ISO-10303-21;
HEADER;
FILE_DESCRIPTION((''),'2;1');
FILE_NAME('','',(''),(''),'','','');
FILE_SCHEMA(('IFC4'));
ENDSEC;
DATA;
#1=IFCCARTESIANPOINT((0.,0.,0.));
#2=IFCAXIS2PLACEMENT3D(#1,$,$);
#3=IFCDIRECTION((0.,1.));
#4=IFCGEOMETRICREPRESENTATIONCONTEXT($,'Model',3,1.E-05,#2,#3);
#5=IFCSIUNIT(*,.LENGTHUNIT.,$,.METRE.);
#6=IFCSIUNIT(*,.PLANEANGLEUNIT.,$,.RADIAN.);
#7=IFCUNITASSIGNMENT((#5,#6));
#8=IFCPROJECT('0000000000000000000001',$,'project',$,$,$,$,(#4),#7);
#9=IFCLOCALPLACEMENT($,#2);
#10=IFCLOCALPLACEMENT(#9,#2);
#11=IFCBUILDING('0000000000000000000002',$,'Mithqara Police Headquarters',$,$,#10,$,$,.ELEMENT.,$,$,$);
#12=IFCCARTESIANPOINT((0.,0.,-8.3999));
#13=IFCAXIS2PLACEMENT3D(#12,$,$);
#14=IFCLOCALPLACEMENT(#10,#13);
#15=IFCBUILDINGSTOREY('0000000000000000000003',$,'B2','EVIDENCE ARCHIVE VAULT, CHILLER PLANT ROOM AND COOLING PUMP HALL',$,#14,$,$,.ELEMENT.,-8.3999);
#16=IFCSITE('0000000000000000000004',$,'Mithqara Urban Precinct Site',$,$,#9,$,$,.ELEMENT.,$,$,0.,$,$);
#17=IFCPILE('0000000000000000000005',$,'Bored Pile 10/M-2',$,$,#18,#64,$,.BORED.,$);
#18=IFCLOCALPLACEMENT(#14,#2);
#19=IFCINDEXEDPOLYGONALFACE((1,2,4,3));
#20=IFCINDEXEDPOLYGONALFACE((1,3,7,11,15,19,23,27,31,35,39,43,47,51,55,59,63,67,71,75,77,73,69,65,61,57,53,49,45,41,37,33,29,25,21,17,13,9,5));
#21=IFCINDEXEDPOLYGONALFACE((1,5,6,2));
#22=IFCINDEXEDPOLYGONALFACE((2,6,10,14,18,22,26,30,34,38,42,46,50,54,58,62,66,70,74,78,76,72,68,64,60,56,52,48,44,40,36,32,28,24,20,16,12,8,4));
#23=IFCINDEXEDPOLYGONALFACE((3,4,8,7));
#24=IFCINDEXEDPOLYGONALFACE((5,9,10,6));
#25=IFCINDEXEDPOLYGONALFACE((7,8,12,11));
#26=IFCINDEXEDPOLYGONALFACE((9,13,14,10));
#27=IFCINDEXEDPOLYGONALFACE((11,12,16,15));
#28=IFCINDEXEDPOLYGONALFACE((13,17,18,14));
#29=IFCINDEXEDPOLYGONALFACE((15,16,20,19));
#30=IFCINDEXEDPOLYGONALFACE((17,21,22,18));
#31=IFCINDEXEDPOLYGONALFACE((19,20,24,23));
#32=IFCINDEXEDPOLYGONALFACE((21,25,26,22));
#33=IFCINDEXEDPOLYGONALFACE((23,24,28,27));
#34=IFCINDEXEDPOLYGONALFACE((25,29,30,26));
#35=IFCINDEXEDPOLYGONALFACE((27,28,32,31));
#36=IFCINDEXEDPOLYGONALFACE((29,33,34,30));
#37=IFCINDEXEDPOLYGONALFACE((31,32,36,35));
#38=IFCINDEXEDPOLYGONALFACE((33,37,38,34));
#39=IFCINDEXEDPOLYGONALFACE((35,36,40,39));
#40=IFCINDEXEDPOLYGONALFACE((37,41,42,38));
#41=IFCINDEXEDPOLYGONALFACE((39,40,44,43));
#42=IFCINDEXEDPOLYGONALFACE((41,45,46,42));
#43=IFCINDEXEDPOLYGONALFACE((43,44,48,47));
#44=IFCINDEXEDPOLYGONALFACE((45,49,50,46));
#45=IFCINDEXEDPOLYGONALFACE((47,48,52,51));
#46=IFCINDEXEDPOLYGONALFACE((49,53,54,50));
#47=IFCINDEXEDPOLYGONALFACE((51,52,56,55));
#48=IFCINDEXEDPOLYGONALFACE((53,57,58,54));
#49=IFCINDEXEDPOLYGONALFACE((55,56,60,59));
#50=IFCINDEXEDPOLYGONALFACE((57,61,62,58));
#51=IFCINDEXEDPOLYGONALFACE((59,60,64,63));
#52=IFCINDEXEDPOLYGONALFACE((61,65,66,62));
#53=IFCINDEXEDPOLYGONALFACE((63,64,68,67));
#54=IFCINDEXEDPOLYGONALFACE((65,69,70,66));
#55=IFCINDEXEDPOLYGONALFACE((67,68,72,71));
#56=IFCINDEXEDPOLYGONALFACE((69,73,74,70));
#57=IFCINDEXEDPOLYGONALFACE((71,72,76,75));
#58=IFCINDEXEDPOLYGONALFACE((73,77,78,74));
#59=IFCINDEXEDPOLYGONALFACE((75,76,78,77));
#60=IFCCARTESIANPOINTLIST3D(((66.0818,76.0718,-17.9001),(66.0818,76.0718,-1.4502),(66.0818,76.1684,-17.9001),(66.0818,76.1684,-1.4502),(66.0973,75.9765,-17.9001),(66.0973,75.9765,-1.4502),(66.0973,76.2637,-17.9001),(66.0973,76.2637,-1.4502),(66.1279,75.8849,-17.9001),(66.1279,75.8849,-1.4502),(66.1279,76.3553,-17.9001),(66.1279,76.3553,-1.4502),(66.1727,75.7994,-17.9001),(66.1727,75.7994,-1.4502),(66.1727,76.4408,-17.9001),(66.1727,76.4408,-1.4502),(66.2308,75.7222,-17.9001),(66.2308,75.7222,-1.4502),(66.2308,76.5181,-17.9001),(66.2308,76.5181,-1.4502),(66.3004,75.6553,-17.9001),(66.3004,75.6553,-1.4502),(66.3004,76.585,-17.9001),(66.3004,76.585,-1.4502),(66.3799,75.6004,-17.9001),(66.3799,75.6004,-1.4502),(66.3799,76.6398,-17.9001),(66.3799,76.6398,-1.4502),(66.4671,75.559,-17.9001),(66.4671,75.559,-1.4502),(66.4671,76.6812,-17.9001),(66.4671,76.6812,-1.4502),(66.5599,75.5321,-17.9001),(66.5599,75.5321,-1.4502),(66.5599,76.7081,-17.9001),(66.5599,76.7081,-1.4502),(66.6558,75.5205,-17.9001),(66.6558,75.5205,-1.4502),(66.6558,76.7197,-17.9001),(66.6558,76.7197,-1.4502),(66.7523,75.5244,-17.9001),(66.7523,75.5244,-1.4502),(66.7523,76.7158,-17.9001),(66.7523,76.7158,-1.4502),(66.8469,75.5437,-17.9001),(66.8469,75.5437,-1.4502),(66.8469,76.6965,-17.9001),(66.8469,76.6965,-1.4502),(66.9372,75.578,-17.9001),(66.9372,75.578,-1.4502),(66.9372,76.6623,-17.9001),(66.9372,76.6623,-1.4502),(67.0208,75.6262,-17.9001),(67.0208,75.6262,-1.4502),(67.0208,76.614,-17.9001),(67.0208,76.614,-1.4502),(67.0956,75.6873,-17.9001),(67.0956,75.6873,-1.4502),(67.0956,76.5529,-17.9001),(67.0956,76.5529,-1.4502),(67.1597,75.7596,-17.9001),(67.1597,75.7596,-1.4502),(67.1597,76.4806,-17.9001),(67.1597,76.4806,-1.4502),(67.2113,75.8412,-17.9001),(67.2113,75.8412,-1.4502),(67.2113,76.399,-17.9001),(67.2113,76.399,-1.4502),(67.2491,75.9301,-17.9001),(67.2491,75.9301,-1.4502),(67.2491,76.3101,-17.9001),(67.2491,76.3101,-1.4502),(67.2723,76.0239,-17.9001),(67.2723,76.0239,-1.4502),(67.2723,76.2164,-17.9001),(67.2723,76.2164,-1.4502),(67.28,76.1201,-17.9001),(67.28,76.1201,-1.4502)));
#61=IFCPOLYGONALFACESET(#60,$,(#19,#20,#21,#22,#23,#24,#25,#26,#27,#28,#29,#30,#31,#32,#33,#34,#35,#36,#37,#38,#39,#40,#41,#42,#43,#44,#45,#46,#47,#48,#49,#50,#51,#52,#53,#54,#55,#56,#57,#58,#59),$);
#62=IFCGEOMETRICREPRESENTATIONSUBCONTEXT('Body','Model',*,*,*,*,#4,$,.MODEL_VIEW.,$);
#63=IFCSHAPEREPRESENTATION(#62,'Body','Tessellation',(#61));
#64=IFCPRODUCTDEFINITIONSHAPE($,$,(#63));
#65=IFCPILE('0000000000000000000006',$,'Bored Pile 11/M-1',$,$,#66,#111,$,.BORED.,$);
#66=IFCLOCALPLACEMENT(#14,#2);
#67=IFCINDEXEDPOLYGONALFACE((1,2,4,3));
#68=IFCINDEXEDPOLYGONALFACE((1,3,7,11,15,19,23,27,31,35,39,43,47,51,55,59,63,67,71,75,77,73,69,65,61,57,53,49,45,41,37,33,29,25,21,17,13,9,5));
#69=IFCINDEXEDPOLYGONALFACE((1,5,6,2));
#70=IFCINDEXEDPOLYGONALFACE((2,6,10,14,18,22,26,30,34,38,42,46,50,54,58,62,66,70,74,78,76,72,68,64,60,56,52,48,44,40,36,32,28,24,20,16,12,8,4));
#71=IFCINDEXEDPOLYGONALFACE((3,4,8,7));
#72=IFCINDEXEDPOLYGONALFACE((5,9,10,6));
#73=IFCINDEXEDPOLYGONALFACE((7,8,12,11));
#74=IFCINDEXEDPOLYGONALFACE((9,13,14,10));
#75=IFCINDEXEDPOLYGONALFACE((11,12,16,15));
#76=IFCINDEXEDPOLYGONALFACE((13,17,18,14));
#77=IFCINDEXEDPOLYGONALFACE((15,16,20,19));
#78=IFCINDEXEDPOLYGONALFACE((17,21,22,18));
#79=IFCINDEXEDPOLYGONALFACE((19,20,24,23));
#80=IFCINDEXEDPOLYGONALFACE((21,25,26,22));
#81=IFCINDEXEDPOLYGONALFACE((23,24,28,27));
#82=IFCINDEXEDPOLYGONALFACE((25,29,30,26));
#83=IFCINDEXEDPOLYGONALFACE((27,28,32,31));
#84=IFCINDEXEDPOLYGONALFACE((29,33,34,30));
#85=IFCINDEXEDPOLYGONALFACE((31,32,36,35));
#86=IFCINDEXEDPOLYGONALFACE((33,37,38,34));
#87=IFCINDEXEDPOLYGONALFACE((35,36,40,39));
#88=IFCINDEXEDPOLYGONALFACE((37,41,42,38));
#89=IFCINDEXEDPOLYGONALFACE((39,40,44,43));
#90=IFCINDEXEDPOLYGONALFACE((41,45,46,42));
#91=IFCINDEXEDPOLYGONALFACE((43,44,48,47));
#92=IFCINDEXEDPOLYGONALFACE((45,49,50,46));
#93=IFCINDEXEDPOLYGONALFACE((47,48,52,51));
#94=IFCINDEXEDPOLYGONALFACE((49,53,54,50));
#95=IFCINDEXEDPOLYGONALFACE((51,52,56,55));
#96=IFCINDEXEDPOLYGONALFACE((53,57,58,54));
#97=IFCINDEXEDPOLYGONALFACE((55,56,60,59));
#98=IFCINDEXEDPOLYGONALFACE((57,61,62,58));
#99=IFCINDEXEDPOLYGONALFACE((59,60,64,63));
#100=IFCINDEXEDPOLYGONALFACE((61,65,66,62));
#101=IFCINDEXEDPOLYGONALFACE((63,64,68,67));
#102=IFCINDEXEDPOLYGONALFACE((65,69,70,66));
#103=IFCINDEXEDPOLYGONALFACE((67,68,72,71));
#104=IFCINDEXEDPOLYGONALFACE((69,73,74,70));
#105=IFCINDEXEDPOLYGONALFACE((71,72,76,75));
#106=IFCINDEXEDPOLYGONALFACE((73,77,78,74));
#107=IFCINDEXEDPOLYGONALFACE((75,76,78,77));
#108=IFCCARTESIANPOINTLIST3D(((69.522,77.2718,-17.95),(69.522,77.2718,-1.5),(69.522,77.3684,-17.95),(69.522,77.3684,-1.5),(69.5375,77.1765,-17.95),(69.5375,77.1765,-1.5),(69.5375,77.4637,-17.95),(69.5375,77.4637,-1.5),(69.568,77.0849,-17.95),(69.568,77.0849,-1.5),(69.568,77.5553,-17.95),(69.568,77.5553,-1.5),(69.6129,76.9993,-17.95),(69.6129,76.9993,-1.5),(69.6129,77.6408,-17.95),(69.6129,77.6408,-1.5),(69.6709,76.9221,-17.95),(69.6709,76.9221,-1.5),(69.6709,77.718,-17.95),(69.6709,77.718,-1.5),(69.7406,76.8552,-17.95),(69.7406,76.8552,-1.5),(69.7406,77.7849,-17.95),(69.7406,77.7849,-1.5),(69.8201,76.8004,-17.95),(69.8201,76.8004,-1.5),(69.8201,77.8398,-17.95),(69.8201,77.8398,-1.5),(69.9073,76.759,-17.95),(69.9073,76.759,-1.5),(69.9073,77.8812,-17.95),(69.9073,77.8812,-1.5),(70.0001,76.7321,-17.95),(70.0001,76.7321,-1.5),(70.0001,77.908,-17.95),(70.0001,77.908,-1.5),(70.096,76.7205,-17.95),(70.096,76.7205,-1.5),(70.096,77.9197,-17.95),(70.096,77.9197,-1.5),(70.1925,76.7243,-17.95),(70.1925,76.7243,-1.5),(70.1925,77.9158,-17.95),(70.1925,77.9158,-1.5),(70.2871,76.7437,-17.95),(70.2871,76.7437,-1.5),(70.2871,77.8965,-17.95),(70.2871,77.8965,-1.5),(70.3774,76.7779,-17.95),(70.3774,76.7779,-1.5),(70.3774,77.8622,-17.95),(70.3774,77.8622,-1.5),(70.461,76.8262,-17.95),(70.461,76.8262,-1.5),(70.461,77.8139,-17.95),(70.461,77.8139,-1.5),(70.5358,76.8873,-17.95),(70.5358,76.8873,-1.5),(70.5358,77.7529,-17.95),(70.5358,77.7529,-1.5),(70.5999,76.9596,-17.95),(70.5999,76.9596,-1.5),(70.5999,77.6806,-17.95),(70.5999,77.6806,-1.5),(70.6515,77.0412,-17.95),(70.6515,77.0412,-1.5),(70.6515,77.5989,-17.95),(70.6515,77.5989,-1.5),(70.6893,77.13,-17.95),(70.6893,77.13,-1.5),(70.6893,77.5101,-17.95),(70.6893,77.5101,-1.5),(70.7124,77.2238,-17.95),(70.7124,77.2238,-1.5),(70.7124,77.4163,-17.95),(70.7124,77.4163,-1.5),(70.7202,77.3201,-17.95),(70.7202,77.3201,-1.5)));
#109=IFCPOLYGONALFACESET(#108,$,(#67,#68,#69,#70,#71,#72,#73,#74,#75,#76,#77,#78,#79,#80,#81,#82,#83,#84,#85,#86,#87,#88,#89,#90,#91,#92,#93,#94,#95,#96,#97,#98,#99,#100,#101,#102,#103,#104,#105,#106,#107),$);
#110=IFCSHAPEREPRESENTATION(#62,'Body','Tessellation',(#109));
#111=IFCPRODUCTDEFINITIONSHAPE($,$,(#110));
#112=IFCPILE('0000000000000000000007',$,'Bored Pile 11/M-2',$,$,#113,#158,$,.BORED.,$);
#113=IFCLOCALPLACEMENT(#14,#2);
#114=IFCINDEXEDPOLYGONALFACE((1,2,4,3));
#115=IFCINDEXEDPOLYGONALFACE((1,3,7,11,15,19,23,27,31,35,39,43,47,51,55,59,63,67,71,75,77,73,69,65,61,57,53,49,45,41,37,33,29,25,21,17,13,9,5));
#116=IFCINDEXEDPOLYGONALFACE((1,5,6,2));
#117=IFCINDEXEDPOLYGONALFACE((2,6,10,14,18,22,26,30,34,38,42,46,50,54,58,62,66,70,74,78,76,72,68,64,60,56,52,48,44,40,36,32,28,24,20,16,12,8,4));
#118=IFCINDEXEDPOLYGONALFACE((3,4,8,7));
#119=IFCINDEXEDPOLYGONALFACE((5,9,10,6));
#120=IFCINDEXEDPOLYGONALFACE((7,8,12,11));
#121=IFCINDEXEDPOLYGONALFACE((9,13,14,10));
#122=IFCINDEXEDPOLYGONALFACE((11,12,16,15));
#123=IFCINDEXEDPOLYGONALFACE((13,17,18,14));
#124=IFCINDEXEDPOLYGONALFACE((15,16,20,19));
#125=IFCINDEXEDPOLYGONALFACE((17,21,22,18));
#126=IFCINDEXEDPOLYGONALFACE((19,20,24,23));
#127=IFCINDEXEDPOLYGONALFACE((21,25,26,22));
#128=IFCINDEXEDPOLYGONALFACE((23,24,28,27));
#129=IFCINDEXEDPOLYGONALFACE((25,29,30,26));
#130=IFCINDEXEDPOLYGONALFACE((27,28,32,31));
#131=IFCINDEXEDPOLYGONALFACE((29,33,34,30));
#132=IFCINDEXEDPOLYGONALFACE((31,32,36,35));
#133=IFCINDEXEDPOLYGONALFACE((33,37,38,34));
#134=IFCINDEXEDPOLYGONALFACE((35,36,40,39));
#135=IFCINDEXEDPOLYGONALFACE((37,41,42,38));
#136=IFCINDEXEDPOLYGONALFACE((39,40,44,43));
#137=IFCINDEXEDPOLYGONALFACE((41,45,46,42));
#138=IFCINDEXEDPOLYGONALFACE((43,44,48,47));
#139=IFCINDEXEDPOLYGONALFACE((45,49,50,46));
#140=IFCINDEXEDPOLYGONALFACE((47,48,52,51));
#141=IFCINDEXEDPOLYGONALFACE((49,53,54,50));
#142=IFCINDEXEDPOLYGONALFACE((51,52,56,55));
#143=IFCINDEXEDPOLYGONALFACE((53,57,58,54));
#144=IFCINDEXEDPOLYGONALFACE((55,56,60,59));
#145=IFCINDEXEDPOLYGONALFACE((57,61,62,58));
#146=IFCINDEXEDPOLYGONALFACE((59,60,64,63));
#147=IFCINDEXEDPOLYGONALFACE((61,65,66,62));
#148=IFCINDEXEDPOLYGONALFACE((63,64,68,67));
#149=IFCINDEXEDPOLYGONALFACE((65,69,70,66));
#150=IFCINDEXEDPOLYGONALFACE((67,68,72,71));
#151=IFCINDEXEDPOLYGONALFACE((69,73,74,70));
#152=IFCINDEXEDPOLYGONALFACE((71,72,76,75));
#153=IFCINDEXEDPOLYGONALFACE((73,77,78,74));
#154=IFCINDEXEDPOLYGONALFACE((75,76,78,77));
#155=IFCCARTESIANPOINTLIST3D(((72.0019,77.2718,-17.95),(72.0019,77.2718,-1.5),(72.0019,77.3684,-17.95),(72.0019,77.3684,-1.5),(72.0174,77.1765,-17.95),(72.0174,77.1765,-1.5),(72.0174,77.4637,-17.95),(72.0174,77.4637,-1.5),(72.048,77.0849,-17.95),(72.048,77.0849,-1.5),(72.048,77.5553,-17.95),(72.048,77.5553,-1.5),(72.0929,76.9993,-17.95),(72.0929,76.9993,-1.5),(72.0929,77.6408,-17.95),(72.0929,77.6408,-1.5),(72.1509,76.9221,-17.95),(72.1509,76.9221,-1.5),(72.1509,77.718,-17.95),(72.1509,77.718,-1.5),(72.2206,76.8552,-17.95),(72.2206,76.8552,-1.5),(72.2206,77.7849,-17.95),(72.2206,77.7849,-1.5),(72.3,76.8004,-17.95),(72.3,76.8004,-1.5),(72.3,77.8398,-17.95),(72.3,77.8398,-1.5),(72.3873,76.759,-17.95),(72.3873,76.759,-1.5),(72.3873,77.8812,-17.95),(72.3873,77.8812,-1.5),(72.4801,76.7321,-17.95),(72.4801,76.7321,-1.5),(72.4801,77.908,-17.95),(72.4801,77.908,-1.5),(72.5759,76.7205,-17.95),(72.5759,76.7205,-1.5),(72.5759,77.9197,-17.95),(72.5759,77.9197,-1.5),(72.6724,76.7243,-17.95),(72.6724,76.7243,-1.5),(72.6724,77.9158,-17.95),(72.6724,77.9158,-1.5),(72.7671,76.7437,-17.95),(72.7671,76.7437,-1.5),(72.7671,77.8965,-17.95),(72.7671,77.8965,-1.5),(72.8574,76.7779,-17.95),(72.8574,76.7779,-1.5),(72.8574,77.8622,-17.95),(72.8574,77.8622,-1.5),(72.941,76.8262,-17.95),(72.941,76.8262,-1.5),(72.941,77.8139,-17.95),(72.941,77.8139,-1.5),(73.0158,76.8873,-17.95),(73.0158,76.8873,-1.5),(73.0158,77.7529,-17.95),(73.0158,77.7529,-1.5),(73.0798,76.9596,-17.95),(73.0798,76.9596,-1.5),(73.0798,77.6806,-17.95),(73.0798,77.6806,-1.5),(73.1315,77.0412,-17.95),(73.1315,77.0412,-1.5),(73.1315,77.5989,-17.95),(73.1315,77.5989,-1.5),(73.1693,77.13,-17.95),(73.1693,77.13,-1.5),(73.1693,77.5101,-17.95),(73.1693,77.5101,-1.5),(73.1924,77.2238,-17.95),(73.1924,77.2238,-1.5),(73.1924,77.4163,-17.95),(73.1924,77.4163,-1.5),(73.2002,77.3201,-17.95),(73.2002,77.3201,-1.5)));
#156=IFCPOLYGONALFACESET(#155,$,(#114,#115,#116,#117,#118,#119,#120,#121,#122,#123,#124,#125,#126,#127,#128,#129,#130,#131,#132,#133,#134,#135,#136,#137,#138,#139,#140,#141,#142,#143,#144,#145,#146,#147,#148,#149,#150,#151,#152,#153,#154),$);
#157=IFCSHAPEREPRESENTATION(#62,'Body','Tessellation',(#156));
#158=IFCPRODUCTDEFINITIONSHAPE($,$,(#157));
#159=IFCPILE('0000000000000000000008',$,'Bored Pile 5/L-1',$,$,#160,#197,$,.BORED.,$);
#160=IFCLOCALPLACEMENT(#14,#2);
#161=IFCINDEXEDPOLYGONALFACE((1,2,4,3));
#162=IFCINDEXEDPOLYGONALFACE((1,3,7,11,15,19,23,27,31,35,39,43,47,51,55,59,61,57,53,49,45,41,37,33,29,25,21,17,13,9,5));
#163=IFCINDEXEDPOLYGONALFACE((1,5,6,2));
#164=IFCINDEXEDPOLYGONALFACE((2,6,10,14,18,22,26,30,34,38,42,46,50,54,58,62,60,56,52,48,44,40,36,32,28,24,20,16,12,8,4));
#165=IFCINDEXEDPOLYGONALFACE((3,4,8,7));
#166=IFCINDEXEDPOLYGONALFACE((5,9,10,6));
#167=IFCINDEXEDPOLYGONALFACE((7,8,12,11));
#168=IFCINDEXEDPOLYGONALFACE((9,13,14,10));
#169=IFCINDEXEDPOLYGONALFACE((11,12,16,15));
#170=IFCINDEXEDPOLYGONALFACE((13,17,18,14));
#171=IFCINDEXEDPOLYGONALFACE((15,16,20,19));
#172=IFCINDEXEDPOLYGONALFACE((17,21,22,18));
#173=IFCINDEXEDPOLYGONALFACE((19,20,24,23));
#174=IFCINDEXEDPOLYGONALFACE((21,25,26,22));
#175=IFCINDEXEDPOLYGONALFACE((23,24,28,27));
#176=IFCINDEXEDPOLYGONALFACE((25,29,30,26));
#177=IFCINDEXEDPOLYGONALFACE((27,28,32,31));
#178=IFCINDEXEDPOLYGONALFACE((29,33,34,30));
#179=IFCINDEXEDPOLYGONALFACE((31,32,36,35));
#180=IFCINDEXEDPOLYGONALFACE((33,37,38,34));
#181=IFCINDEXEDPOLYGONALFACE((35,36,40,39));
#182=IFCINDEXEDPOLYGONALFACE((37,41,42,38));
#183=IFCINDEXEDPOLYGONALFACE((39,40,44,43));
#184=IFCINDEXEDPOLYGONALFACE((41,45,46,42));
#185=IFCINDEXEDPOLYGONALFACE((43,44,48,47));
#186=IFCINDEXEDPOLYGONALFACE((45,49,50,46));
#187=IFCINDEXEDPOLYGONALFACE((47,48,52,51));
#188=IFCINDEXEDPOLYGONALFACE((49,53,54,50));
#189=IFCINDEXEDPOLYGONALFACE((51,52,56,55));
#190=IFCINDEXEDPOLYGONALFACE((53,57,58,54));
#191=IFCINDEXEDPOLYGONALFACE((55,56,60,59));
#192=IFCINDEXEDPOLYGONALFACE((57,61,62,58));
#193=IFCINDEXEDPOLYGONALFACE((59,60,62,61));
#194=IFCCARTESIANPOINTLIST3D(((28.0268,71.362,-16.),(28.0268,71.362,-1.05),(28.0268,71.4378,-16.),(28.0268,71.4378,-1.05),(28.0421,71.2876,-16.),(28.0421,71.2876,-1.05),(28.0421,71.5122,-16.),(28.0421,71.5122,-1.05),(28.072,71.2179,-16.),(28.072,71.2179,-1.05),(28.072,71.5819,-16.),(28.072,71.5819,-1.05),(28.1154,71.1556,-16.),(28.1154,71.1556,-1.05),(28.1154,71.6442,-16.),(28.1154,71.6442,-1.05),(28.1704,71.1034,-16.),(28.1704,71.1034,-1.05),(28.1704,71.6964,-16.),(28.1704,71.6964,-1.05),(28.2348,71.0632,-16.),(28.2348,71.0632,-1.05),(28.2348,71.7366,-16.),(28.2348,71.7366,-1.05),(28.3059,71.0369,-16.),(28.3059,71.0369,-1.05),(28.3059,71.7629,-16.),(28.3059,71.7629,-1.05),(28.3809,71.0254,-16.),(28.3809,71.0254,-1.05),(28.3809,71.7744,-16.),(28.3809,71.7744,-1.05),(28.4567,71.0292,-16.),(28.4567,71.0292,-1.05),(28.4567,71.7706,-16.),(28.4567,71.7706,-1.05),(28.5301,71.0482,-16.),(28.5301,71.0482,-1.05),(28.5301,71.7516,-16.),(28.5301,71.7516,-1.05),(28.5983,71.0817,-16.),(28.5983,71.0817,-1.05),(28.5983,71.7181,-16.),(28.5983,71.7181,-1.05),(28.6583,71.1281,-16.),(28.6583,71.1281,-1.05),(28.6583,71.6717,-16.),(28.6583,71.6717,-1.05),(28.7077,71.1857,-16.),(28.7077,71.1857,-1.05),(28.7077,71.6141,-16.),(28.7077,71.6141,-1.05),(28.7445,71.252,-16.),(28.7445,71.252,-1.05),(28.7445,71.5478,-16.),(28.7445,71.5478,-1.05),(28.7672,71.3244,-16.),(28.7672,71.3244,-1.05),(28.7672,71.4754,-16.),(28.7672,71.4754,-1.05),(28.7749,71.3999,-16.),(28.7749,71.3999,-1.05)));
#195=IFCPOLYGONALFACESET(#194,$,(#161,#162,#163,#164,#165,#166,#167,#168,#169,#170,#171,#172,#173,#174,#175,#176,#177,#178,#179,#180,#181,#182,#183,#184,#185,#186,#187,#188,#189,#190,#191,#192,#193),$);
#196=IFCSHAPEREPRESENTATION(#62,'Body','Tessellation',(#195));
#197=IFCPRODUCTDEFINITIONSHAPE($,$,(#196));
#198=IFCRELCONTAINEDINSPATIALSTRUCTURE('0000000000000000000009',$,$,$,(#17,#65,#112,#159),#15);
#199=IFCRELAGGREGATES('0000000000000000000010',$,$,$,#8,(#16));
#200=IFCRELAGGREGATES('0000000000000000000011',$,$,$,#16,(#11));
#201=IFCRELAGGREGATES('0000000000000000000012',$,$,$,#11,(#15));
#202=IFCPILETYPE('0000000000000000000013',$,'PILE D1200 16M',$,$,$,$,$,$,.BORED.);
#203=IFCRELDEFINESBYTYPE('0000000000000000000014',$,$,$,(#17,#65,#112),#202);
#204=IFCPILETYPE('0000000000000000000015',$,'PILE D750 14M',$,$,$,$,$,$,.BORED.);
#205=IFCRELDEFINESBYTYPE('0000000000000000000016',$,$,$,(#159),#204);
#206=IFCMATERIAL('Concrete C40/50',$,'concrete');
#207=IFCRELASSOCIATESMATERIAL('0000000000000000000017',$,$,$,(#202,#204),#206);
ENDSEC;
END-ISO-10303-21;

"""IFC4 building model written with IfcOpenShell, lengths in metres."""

from ifc_helpers import new_model, si_unit, direction, frame, origin, origin_2d, place, context, subcontext, project, spatial, circle, extrude, material, material_profile, profile_set, type_object, element, save


model = new_model("IFC4")

# Units and contexts
model_context = context("Model", 3, precision=1e-05, world=origin(), true_north=direction((0.0, 1.0)))
body_context = subcontext(model_context, "Body", "Model", "MODEL_VIEW")
ifc_project = project(units=[si_unit("LENGTHUNIT", "METRE"), si_unit("PLANEANGLEUNIT", "RADIAN")], contexts=[model_context])

# Site, building, storey
site_placement = place(None, origin())
site = spatial("IfcSite", under=ifc_project, at=site_placement, Name="Mithqara Urban Precinct Site", CompositionType="ELEMENT", RefElevation=0.0)
building_placement = place(site_placement, origin())
building = spatial("IfcBuilding", under=site, at=building_placement, Name="Mithqara Police Headquarters", CompositionType="ELEMENT")
storey_placement = place(building_placement, frame((0.0, 0.0, -8.3999)))
storey = spatial("IfcBuildingStorey", under=building, at=storey_placement, Name="B2", Description="EVIDENCE ARCHIVE VAULT, CHILLER PLANT ROOM AND COOLING PUMP HALL", CompositionType="ELEMENT", Elevation=-8.3999)

# Shared definitions
ifc_material_1 = material(Name="Concrete C40/50", Category="concrete")

# Piles
ifc_material_profile_1 = material_profile(ifc_material_1, circle(Radius=0.6001, at=origin_2d()), Name="PILE D1200")
ifc_profile_set_1 = profile_set([ifc_material_profile_1], Name="Concrete C40/50")
pile_type_1 = type_object("IfcPileType", Name="PILE D1200 16M", PredefinedType="BORED", material=ifc_profile_set_1)
for number, where, z_axis, x_axis, name in (
    (1, (66.6799, 76.1201, -1.4502), (0.0, 0.0, -1.0), (1.0, 0.0, 0.0), "Bored Pile 10/M-2"),
    (2, (70.1201, 77.3201, -1.5), (0.0, 0.0, -1.0), (1.0, 0.0, 0.0), "Bored Pile 11/M-1"),
    (3, (72.6001, 77.3201, -1.5), (0.0, 0.0, -1.0), (1.0, 0.0, 0.0), "Bored Pile 11/M-2"),
):
    element("IfcPile", number, at=place(storey_placement, frame(where, z_axis=z_axis, x_axis=x_axis)), inside=storey, type_object=pile_type_1, Name=name, PredefinedType="BORED", context=body_context, shape_type="SweptSolid", body=[
        extrude(circle(Radius=0.6001, at=origin_2d()), origin(), (0.0, 0.0, 1.0), 16.45),
    ])
ifc_material_profile_2 = material_profile(ifc_material_1, circle(Radius=0.375, at=origin_2d()), Name="PILE D750")
ifc_profile_set_2 = profile_set([ifc_material_profile_2], Name="Concrete C40/50")
pile_type_2 = type_object("IfcPileType", Name="PILE D750 14M", PredefinedType="BORED", material=ifc_profile_set_2)
for number, where, z_axis, x_axis, name in (
    (4, (28.3999, 71.3999, -1.05), (0.0, 0.0, -1.0), (1.0, 0.0, 0.0), "Bored Pile 5/L-1"),
):
    element("IfcPile", number, at=place(storey_placement, frame(where, z_axis=z_axis, x_axis=x_axis)), inside=storey, type_object=pile_type_2, Name=name, PredefinedType="BORED", context=body_context, shape_type="SweptSolid", body=[
        extrude(circle(Radius=0.375, at=origin_2d()), origin(), (0.0, 0.0, 1.0), 14.95),
    ])

save(model, "model.ifc")
